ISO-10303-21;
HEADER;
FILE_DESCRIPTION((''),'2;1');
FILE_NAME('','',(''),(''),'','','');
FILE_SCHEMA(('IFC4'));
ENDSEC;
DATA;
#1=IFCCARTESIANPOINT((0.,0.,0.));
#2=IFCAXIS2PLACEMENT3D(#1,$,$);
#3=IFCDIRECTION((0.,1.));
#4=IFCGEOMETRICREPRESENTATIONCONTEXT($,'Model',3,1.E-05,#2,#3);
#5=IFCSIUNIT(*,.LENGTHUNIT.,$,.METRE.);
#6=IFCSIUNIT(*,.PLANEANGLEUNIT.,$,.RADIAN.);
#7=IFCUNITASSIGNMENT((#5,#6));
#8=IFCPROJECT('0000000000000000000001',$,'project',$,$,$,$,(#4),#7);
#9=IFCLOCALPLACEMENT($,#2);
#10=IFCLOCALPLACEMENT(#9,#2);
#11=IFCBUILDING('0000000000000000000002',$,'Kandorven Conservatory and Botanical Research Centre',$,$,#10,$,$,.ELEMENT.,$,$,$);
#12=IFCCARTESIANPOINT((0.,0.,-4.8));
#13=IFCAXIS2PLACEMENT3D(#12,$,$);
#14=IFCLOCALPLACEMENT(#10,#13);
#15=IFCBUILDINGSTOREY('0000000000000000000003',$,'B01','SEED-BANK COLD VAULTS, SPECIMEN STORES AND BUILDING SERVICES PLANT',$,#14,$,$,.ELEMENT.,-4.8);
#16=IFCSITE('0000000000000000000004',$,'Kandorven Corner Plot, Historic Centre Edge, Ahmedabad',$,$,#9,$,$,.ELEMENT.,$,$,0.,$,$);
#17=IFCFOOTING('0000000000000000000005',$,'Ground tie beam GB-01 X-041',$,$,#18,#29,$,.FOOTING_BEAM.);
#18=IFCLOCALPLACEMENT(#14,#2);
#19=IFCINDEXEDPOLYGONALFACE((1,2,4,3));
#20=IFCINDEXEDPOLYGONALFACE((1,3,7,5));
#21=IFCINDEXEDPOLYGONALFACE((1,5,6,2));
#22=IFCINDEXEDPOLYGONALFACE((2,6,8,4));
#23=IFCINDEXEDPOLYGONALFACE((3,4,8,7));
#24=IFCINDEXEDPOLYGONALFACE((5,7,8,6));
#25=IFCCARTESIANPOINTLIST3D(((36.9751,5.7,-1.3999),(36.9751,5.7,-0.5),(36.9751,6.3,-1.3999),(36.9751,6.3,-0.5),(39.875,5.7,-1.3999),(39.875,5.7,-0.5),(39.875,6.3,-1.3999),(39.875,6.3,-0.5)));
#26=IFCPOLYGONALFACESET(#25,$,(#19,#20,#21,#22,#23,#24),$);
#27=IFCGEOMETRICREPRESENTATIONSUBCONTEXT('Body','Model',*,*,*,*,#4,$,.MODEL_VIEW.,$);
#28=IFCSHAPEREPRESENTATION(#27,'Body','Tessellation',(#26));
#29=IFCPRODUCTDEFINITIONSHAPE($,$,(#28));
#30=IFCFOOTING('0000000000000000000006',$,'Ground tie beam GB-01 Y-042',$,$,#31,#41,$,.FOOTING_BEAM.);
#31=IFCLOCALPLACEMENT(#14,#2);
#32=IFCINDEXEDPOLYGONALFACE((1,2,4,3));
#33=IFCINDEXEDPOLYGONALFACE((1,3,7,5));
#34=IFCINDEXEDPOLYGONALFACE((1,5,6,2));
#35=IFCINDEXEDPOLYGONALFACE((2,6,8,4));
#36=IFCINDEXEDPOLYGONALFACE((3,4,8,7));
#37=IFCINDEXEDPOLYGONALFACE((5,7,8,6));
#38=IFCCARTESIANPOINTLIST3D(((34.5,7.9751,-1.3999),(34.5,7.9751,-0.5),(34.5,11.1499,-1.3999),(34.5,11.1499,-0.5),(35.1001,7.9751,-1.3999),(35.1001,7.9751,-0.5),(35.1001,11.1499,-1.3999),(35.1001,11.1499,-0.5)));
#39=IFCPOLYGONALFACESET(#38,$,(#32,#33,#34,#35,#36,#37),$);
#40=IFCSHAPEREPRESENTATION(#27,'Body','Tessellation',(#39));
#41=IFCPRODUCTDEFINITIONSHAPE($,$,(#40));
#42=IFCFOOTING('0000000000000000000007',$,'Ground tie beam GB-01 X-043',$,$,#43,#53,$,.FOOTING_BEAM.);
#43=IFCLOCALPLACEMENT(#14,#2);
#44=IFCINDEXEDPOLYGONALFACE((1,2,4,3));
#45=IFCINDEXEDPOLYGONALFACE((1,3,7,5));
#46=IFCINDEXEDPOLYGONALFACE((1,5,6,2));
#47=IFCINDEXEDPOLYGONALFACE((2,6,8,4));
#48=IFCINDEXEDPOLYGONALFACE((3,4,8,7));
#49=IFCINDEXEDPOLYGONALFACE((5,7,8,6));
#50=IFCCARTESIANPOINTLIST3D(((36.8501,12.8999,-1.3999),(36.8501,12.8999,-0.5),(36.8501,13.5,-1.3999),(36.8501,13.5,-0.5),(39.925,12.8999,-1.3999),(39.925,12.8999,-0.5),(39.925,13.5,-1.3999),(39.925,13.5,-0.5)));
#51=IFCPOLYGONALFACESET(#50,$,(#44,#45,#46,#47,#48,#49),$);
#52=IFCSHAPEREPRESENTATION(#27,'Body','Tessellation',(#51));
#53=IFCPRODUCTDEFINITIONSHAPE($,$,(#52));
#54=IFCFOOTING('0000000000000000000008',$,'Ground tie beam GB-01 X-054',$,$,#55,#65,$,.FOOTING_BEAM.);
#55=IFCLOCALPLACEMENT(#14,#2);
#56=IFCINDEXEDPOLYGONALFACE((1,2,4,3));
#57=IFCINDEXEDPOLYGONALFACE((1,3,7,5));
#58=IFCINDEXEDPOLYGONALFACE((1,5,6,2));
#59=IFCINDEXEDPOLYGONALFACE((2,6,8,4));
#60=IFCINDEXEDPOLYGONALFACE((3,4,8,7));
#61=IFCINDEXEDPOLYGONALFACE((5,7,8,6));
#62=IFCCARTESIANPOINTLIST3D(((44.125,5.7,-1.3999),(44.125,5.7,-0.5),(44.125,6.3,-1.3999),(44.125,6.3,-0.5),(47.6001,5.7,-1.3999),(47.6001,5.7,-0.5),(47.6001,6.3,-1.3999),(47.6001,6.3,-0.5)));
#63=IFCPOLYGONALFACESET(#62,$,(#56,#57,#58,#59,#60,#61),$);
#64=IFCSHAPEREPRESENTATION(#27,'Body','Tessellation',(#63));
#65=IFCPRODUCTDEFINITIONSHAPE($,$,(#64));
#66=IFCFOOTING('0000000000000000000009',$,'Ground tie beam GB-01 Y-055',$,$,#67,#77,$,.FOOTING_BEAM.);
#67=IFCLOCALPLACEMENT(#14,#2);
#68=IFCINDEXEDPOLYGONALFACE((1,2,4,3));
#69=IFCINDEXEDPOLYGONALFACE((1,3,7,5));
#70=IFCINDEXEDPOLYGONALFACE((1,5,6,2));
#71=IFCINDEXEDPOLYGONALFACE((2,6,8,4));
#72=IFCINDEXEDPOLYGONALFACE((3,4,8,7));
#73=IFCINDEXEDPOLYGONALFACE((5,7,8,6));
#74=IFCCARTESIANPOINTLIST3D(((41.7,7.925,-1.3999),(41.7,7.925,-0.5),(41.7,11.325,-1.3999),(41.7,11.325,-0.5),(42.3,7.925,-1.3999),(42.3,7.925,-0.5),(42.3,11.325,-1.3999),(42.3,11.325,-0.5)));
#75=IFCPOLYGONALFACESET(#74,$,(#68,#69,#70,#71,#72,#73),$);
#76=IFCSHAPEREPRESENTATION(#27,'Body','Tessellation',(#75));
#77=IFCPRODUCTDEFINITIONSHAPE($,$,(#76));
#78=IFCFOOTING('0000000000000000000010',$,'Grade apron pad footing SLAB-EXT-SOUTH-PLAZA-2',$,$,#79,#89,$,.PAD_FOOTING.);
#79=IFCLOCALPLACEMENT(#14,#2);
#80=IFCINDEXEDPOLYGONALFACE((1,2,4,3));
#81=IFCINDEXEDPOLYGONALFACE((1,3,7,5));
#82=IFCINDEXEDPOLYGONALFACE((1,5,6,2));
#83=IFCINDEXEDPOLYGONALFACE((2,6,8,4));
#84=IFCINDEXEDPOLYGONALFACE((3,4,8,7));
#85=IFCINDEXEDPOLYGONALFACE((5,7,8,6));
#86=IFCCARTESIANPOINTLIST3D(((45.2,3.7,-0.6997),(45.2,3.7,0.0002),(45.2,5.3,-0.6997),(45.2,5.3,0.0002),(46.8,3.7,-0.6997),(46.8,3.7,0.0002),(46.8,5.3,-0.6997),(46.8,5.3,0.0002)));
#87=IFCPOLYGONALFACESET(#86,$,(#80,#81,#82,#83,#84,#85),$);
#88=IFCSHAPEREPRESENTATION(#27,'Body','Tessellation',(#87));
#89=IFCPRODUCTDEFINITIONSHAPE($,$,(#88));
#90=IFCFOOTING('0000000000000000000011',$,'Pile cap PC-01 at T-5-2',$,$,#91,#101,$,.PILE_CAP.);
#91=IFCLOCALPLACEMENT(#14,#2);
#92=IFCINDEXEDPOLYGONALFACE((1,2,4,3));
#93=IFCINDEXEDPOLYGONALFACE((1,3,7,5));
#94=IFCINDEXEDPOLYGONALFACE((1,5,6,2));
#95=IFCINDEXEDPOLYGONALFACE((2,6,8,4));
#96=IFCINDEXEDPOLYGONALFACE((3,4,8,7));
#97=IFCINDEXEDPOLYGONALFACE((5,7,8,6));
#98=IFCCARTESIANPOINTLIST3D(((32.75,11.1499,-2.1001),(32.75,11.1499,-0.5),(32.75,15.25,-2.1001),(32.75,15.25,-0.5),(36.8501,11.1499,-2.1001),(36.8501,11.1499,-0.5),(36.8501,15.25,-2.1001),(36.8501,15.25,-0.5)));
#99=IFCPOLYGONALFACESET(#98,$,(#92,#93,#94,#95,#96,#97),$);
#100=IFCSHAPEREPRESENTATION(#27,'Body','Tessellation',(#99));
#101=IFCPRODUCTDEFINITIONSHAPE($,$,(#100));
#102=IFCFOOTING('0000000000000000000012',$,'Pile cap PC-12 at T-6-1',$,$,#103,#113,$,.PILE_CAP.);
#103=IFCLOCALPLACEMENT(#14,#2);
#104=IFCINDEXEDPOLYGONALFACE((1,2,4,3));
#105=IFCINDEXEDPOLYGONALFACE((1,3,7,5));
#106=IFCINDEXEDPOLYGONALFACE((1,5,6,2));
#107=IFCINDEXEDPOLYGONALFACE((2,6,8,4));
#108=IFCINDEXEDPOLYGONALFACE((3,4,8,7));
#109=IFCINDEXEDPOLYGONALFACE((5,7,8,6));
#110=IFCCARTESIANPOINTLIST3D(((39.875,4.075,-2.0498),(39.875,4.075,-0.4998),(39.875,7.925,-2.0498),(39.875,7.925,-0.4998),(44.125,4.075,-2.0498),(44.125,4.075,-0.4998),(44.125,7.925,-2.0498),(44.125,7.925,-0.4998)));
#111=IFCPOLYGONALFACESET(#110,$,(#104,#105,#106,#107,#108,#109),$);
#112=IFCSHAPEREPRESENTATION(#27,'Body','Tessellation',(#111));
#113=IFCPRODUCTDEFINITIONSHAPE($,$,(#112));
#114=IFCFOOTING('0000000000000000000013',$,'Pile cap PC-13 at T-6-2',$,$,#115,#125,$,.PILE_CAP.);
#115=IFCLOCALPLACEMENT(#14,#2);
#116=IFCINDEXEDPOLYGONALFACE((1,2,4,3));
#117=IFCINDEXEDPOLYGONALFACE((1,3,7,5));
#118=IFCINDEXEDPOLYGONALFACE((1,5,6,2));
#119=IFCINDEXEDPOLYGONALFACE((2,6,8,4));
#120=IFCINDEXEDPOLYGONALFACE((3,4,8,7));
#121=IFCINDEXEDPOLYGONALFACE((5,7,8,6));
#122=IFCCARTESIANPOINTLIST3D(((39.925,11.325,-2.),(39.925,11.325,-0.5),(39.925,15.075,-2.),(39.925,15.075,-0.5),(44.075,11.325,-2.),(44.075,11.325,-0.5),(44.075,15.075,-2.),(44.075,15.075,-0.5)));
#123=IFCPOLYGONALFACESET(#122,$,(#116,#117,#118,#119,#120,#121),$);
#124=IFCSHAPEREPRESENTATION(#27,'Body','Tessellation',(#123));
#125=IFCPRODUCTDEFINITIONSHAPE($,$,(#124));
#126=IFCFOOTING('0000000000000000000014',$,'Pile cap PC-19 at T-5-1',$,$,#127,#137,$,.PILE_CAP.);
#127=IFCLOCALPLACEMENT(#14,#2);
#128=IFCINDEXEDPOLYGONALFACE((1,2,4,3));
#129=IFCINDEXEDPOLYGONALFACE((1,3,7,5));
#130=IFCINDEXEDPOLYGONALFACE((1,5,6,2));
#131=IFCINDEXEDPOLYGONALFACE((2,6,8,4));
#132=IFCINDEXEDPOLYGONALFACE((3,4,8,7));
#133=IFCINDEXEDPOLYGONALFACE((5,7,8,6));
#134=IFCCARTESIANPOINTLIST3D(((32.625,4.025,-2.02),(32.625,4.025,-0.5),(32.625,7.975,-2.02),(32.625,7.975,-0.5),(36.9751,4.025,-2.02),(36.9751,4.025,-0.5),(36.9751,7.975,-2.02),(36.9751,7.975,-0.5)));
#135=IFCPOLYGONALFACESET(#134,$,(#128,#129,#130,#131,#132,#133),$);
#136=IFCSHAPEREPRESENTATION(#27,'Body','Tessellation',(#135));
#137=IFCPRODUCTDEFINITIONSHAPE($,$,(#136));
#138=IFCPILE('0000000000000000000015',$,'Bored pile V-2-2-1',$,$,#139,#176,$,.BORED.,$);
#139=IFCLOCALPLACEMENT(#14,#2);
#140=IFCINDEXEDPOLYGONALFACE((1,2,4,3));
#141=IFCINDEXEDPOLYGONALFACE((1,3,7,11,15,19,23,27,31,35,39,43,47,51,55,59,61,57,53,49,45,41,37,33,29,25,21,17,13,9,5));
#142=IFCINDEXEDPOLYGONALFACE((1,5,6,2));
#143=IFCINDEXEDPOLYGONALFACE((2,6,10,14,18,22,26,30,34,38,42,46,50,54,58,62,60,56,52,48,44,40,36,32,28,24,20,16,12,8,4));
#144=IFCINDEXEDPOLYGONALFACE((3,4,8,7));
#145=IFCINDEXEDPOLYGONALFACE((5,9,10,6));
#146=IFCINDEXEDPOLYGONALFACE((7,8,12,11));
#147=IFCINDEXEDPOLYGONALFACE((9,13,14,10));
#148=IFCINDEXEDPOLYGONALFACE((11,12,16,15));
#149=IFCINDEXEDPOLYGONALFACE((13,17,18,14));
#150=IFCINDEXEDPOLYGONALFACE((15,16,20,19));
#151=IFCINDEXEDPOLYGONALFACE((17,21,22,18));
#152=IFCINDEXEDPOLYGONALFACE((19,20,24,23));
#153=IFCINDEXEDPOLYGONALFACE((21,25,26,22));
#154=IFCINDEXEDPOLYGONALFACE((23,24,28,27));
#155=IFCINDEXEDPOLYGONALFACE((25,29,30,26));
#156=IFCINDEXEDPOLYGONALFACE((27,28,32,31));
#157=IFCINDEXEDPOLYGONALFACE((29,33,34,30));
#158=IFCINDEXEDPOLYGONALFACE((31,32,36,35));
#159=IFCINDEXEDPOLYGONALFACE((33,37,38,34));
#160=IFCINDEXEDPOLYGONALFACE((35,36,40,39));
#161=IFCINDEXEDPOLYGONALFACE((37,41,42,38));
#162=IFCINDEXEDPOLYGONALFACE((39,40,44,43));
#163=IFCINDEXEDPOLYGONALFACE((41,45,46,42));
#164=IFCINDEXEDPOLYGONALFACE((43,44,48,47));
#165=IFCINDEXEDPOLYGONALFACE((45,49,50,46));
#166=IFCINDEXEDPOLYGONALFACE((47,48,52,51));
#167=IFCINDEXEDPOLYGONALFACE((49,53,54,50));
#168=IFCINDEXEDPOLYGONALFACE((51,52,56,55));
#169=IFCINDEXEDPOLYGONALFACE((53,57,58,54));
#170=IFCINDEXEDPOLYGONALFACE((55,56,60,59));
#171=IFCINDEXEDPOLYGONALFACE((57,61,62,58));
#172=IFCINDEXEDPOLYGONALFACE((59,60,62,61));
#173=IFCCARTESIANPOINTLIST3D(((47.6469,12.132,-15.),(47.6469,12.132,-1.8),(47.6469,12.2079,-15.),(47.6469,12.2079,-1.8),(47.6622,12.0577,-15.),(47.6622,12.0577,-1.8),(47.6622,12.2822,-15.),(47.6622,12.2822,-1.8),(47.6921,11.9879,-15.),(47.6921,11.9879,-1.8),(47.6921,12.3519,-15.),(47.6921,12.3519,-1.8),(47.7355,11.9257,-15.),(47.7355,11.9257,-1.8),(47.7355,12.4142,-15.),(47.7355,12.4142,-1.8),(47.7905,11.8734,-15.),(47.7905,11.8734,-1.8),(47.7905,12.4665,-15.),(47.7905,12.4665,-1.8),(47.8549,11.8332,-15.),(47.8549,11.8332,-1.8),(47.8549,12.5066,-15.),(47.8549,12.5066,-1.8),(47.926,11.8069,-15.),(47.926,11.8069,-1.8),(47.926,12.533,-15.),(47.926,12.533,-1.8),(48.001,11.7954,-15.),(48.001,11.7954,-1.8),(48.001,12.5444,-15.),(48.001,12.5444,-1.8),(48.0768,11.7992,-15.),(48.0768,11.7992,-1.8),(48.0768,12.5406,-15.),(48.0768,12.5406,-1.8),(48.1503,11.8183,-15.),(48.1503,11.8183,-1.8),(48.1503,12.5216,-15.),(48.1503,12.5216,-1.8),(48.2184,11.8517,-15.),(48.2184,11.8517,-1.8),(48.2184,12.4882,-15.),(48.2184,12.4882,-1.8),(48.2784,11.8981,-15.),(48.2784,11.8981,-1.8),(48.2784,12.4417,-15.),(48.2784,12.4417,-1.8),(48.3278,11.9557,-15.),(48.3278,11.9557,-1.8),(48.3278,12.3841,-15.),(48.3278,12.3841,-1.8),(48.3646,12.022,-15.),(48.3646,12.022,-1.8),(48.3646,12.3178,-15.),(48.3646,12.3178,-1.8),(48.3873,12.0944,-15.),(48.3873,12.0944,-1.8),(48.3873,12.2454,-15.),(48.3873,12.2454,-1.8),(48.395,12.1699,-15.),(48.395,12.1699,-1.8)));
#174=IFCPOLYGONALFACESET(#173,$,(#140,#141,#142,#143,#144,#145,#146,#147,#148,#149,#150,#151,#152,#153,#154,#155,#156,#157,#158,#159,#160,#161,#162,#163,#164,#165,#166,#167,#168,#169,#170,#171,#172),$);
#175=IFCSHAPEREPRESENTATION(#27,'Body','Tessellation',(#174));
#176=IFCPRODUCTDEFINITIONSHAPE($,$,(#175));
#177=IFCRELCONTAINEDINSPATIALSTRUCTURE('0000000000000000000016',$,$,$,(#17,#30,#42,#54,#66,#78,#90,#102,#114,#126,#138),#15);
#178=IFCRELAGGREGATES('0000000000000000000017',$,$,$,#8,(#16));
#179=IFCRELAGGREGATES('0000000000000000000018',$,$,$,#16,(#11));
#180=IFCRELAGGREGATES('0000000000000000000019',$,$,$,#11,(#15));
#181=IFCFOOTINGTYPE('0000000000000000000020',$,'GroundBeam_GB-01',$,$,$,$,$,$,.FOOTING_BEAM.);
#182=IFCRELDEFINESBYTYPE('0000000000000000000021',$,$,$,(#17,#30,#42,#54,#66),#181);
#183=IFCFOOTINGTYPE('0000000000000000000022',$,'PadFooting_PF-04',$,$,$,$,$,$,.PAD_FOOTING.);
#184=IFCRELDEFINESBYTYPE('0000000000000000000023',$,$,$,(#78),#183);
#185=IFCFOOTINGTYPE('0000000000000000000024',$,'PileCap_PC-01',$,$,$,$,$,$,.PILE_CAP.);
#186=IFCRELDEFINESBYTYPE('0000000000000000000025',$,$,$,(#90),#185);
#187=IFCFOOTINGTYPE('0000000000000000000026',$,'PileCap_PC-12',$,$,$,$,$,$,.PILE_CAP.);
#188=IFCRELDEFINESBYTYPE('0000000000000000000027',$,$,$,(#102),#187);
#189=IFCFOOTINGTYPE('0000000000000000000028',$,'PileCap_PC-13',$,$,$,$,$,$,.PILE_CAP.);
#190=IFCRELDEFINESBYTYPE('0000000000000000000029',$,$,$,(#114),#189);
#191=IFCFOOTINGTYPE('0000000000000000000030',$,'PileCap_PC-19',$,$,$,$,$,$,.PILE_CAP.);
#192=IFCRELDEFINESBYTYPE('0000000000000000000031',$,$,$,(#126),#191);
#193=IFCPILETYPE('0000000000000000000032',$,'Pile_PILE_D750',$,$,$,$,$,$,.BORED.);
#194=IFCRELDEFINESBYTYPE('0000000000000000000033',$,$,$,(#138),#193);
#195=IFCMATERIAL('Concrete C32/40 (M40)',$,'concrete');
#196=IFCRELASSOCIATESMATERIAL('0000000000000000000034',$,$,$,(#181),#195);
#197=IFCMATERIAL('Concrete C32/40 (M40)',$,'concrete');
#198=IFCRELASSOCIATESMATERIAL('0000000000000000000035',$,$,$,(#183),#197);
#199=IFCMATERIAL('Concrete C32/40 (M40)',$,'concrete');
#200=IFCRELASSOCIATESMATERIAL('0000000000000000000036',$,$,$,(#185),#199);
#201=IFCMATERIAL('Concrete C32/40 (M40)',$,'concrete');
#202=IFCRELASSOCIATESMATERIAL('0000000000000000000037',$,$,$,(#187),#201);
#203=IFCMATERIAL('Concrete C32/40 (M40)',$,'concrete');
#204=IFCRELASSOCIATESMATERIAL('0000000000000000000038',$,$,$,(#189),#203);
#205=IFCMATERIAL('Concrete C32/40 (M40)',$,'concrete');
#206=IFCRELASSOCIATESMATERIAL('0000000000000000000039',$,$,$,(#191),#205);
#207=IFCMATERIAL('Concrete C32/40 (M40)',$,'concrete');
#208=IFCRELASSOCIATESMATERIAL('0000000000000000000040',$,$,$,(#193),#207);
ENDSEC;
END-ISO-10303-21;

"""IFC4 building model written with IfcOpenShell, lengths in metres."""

from ifc_helpers import new_model, si_unit, direction, frame, origin, origin_2d, place, context, subcontext, project, spatial, rectangle, circle, extrude, material, material_profile, profile_set, type_object, element, save


model = new_model("IFC4")

# Units and contexts
model_context = context("Model", 3, precision=1e-05, world=origin(), true_north=direction((0.0, 1.0)))
body_context = subcontext(model_context, "Body", "Model", "MODEL_VIEW")
ifc_project = project(units=[si_unit("LENGTHUNIT", "METRE"), si_unit("PLANEANGLEUNIT", "RADIAN")], contexts=[model_context])

# Site, building, storey
site_placement = place(None, origin())
site = spatial("IfcSite", under=ifc_project, at=site_placement, Name="Kandorven Corner Plot, Historic Centre Edge, Ahmedabad", CompositionType="ELEMENT", RefElevation=0.0)
building_placement = place(site_placement, origin())
building = spatial("IfcBuilding", under=site, at=building_placement, Name="Kandorven Conservatory and Botanical Research Centre", CompositionType="ELEMENT")
storey_placement = place(building_placement, frame((0.0, 0.0, -4.8)))
storey = spatial("IfcBuildingStorey", under=building, at=storey_placement, Name="B01", Description="SEED-BANK COLD VAULTS, SPECIMEN STORES AND BUILDING SERVICES PLANT", CompositionType="ELEMENT", Elevation=-4.8)

# Footings
ifc_material_1 = material(Name="Concrete C32/40 (M40)", Category="concrete")
ifc_material_profile_1 = material_profile(ifc_material_1, rectangle(XDim=0.6001, YDim=0.8999, at=origin_2d()))
ifc_profile_set_1 = profile_set([ifc_material_profile_1], Name="Concrete C32/40 (M40)")
footing_type_1 = type_object("IfcFootingType", Name="GroundBeam_GB-01", PredefinedType="FOOTING_BEAM", material=ifc_profile_set_1)
footing_1_placement = place(storey_placement, frame((36.9751, 6.0, -0.95), z_axis=(1.0, 0.0, 0.0), x_axis=(0.0, 1.0, 0.0)))
element("IfcFooting", 1, at=footing_1_placement, inside=storey, type_object=footing_type_1, Name="Ground tie beam GB-01 X-041", PredefinedType="FOOTING_BEAM", context=body_context, shape_type="SweptSolid", body=[
    extrude(rectangle(XDim=0.6001, YDim=0.8999, at=origin_2d()), origin(), (0.0, 0.0, 1.0), 2.8999),
])
footing_2_placement = place(storey_placement, frame((34.8, 7.9751, -0.95), z_axis=(0.0, 1.0, 0.0), x_axis=(-1.0, 0.0, 0.0)))
element("IfcFooting", 2, at=footing_2_placement, inside=storey, type_object=footing_type_1, Name="Ground tie beam GB-01 Y-042", PredefinedType="FOOTING_BEAM", context=body_context, shape_type="SweptSolid", body=[
    extrude(rectangle(XDim=0.6001, YDim=0.8999, at=origin_2d()), origin(), (0.0, 0.0, 1.0), 3.1748),
])
footing_3_placement = place(storey_placement, frame((36.8501, 13.2, -0.95), z_axis=(1.0, 0.0, 0.0), x_axis=(0.0, 1.0, 0.0)))
element("IfcFooting", 3, at=footing_3_placement, inside=storey, type_object=footing_type_1, Name="Ground tie beam GB-01 X-043", PredefinedType="FOOTING_BEAM", context=body_context, shape_type="SweptSolid", body=[
    extrude(rectangle(XDim=0.6001, YDim=0.8999, at=origin_2d()), origin(), (0.0, 0.0, 1.0), 3.075),
])
footing_4_placement = place(storey_placement, frame((44.125, 6.0, -0.95), z_axis=(1.0, 0.0, 0.0), x_axis=(0.0, 1.0, 0.0)))
element("IfcFooting", 4, at=footing_4_placement, inside=storey, type_object=footing_type_1, Name="Ground tie beam GB-01 X-054", PredefinedType="FOOTING_BEAM", context=body_context, shape_type="SweptSolid", body=[
    extrude(rectangle(XDim=0.6001, YDim=0.8999, at=origin_2d()), origin(), (0.0, 0.0, 1.0), 3.4751),
])
footing_5_placement = place(storey_placement, frame((42.0, 7.925, -0.95), z_axis=(0.0, 1.0, 0.0), x_axis=(-1.0, 0.0, 0.0)))
element("IfcFooting", 5, at=footing_5_placement, inside=storey, type_object=footing_type_1, Name="Ground tie beam GB-01 Y-055", PredefinedType="FOOTING_BEAM", context=body_context, shape_type="SweptSolid", body=[
    extrude(rectangle(XDim=0.6001, YDim=0.8999, at=origin_2d()), origin(), (0.0, 0.0, 1.0), 3.3999),
])
ifc_material_2 = material(Name="Concrete C32/40 (M40)", Category="concrete")
footing_type_2 = type_object("IfcFootingType", Name="PadFooting_PF-04", PredefinedType="PAD_FOOTING", material=ifc_material_2)
footing_6_placement = place(storey_placement, frame((46.0, 4.5, -0.6997), z_axis=(0.0, 0.0, 1.0), x_axis=(1.0, 0.0, 0.0)))
element("IfcFooting", 6, at=footing_6_placement, inside=storey, type_object=footing_type_2, Name="Grade apron pad footing SLAB-EXT-SOUTH-PLAZA-2", PredefinedType="PAD_FOOTING", context=body_context, shape_type="SweptSolid", body=[
    extrude(rectangle(XDim=1.6001, YDim=1.6001, at=origin_2d()), origin(), (0.0, 0.0, 1.0), 0.7),
])
ifc_material_3 = material(Name="Concrete C32/40 (M40)", Category="concrete")
footing_type_3 = type_object("IfcFootingType", Name="PileCap_PC-01", PredefinedType="PILE_CAP", material=ifc_material_3)
footing_7_placement = place(storey_placement, frame((34.8, 13.2, -2.1001), z_axis=(0.0, 0.0, 1.0), x_axis=(1.0, 0.0, 0.0)))
element("IfcFooting", 7, at=footing_7_placement, inside=storey, type_object=footing_type_3, Name="Pile cap PC-01 at T-5-2", PredefinedType="PILE_CAP", context=body_context, shape_type="SweptSolid", body=[
    extrude(rectangle(XDim=4.1001, YDim=4.1001, at=origin_2d()), origin(), (0.0, 0.0, 1.0), 1.6001),
])
ifc_material_4 = material(Name="Concrete C32/40 (M40)", Category="concrete")
footing_type_4 = type_object("IfcFootingType", Name="PileCap_PC-12", PredefinedType="PILE_CAP", material=ifc_material_4)
footing_8_placement = place(storey_placement, frame((42.0, 6.0, -2.0498), z_axis=(0.0, 0.0, 1.0), x_axis=(1.0, 0.0, 0.0)))
element("IfcFooting", 8, at=footing_8_placement, inside=storey, type_object=footing_type_4, Name="Pile cap PC-12 at T-6-1", PredefinedType="PILE_CAP", context=body_context, shape_type="SweptSolid", body=[
    extrude(rectangle(XDim=4.25, YDim=3.8501, at=origin_2d()), origin(), (0.0, 0.0, 1.0), 1.55),
])
ifc_material_5 = material(Name="Concrete C32/40 (M40)", Category="concrete")
footing_type_5 = type_object("IfcFootingType", Name="PileCap_PC-13", PredefinedType="PILE_CAP", material=ifc_material_5)
footing_9_placement = place(storey_placement, frame((42.0, 13.2, -2.0), z_axis=(0.0, 0.0, 1.0), x_axis=(1.0, 0.0, 0.0)))
element("IfcFooting", 9, at=footing_9_placement, inside=storey, type_object=footing_type_5, Name="Pile cap PC-13 at T-6-2", PredefinedType="PILE_CAP", context=body_context, shape_type="SweptSolid", body=[
    extrude(rectangle(XDim=4.1499, YDim=3.75, at=origin_2d()), origin(), (0.0, 0.0, 1.0), 1.5),
])
ifc_material_6 = material(Name="Concrete C32/40 (M40)", Category="concrete")
footing_type_6 = type_object("IfcFootingType", Name="PileCap_PC-19", PredefinedType="PILE_CAP", material=ifc_material_6)
footing_10_placement = place(storey_placement, frame((34.8, 6.0, -2.02), z_axis=(0.0, 0.0, 1.0), x_axis=(1.0, 0.0, 0.0)))
element("IfcFooting", 10, at=footing_10_placement, inside=storey, type_object=footing_type_6, Name="Pile cap PC-19 at T-5-1", PredefinedType="PILE_CAP", context=body_context, shape_type="SweptSolid", body=[
    extrude(rectangle(XDim=4.3501, YDim=3.95, at=origin_2d()), origin(), (0.0, 0.0, 1.0), 1.52),
])

# Pile
ifc_material_7 = material(Name="Concrete C32/40 (M40)", Category="concrete")
ifc_material_profile_2 = material_profile(ifc_material_7, circle(Radius=0.375, at=origin_2d()))
ifc_profile_set_2 = profile_set([ifc_material_profile_2], Name="Concrete C32/40 (M40)")
pile_type_1 = type_object("IfcPileType", Name="Pile_PILE_D750", PredefinedType="BORED", material=ifc_profile_set_2)
pile_1_placement = place(storey_placement, frame((48.02, 12.1699, -1.8), z_axis=(0.0, 0.0, -1.0), x_axis=(1.0, 0.0, 0.0)))
element("IfcPile", 11, at=pile_1_placement, inside=storey, type_object=pile_type_1, Name="Bored pile V-2-2-1", PredefinedType="BORED", context=body_context, shape_type="SweptSolid", body=[
    extrude(circle(Radius=0.375, at=origin_2d()), origin(), (0.0, 0.0, 1.0), 13.2),
])

save(model, "model.ifc")
